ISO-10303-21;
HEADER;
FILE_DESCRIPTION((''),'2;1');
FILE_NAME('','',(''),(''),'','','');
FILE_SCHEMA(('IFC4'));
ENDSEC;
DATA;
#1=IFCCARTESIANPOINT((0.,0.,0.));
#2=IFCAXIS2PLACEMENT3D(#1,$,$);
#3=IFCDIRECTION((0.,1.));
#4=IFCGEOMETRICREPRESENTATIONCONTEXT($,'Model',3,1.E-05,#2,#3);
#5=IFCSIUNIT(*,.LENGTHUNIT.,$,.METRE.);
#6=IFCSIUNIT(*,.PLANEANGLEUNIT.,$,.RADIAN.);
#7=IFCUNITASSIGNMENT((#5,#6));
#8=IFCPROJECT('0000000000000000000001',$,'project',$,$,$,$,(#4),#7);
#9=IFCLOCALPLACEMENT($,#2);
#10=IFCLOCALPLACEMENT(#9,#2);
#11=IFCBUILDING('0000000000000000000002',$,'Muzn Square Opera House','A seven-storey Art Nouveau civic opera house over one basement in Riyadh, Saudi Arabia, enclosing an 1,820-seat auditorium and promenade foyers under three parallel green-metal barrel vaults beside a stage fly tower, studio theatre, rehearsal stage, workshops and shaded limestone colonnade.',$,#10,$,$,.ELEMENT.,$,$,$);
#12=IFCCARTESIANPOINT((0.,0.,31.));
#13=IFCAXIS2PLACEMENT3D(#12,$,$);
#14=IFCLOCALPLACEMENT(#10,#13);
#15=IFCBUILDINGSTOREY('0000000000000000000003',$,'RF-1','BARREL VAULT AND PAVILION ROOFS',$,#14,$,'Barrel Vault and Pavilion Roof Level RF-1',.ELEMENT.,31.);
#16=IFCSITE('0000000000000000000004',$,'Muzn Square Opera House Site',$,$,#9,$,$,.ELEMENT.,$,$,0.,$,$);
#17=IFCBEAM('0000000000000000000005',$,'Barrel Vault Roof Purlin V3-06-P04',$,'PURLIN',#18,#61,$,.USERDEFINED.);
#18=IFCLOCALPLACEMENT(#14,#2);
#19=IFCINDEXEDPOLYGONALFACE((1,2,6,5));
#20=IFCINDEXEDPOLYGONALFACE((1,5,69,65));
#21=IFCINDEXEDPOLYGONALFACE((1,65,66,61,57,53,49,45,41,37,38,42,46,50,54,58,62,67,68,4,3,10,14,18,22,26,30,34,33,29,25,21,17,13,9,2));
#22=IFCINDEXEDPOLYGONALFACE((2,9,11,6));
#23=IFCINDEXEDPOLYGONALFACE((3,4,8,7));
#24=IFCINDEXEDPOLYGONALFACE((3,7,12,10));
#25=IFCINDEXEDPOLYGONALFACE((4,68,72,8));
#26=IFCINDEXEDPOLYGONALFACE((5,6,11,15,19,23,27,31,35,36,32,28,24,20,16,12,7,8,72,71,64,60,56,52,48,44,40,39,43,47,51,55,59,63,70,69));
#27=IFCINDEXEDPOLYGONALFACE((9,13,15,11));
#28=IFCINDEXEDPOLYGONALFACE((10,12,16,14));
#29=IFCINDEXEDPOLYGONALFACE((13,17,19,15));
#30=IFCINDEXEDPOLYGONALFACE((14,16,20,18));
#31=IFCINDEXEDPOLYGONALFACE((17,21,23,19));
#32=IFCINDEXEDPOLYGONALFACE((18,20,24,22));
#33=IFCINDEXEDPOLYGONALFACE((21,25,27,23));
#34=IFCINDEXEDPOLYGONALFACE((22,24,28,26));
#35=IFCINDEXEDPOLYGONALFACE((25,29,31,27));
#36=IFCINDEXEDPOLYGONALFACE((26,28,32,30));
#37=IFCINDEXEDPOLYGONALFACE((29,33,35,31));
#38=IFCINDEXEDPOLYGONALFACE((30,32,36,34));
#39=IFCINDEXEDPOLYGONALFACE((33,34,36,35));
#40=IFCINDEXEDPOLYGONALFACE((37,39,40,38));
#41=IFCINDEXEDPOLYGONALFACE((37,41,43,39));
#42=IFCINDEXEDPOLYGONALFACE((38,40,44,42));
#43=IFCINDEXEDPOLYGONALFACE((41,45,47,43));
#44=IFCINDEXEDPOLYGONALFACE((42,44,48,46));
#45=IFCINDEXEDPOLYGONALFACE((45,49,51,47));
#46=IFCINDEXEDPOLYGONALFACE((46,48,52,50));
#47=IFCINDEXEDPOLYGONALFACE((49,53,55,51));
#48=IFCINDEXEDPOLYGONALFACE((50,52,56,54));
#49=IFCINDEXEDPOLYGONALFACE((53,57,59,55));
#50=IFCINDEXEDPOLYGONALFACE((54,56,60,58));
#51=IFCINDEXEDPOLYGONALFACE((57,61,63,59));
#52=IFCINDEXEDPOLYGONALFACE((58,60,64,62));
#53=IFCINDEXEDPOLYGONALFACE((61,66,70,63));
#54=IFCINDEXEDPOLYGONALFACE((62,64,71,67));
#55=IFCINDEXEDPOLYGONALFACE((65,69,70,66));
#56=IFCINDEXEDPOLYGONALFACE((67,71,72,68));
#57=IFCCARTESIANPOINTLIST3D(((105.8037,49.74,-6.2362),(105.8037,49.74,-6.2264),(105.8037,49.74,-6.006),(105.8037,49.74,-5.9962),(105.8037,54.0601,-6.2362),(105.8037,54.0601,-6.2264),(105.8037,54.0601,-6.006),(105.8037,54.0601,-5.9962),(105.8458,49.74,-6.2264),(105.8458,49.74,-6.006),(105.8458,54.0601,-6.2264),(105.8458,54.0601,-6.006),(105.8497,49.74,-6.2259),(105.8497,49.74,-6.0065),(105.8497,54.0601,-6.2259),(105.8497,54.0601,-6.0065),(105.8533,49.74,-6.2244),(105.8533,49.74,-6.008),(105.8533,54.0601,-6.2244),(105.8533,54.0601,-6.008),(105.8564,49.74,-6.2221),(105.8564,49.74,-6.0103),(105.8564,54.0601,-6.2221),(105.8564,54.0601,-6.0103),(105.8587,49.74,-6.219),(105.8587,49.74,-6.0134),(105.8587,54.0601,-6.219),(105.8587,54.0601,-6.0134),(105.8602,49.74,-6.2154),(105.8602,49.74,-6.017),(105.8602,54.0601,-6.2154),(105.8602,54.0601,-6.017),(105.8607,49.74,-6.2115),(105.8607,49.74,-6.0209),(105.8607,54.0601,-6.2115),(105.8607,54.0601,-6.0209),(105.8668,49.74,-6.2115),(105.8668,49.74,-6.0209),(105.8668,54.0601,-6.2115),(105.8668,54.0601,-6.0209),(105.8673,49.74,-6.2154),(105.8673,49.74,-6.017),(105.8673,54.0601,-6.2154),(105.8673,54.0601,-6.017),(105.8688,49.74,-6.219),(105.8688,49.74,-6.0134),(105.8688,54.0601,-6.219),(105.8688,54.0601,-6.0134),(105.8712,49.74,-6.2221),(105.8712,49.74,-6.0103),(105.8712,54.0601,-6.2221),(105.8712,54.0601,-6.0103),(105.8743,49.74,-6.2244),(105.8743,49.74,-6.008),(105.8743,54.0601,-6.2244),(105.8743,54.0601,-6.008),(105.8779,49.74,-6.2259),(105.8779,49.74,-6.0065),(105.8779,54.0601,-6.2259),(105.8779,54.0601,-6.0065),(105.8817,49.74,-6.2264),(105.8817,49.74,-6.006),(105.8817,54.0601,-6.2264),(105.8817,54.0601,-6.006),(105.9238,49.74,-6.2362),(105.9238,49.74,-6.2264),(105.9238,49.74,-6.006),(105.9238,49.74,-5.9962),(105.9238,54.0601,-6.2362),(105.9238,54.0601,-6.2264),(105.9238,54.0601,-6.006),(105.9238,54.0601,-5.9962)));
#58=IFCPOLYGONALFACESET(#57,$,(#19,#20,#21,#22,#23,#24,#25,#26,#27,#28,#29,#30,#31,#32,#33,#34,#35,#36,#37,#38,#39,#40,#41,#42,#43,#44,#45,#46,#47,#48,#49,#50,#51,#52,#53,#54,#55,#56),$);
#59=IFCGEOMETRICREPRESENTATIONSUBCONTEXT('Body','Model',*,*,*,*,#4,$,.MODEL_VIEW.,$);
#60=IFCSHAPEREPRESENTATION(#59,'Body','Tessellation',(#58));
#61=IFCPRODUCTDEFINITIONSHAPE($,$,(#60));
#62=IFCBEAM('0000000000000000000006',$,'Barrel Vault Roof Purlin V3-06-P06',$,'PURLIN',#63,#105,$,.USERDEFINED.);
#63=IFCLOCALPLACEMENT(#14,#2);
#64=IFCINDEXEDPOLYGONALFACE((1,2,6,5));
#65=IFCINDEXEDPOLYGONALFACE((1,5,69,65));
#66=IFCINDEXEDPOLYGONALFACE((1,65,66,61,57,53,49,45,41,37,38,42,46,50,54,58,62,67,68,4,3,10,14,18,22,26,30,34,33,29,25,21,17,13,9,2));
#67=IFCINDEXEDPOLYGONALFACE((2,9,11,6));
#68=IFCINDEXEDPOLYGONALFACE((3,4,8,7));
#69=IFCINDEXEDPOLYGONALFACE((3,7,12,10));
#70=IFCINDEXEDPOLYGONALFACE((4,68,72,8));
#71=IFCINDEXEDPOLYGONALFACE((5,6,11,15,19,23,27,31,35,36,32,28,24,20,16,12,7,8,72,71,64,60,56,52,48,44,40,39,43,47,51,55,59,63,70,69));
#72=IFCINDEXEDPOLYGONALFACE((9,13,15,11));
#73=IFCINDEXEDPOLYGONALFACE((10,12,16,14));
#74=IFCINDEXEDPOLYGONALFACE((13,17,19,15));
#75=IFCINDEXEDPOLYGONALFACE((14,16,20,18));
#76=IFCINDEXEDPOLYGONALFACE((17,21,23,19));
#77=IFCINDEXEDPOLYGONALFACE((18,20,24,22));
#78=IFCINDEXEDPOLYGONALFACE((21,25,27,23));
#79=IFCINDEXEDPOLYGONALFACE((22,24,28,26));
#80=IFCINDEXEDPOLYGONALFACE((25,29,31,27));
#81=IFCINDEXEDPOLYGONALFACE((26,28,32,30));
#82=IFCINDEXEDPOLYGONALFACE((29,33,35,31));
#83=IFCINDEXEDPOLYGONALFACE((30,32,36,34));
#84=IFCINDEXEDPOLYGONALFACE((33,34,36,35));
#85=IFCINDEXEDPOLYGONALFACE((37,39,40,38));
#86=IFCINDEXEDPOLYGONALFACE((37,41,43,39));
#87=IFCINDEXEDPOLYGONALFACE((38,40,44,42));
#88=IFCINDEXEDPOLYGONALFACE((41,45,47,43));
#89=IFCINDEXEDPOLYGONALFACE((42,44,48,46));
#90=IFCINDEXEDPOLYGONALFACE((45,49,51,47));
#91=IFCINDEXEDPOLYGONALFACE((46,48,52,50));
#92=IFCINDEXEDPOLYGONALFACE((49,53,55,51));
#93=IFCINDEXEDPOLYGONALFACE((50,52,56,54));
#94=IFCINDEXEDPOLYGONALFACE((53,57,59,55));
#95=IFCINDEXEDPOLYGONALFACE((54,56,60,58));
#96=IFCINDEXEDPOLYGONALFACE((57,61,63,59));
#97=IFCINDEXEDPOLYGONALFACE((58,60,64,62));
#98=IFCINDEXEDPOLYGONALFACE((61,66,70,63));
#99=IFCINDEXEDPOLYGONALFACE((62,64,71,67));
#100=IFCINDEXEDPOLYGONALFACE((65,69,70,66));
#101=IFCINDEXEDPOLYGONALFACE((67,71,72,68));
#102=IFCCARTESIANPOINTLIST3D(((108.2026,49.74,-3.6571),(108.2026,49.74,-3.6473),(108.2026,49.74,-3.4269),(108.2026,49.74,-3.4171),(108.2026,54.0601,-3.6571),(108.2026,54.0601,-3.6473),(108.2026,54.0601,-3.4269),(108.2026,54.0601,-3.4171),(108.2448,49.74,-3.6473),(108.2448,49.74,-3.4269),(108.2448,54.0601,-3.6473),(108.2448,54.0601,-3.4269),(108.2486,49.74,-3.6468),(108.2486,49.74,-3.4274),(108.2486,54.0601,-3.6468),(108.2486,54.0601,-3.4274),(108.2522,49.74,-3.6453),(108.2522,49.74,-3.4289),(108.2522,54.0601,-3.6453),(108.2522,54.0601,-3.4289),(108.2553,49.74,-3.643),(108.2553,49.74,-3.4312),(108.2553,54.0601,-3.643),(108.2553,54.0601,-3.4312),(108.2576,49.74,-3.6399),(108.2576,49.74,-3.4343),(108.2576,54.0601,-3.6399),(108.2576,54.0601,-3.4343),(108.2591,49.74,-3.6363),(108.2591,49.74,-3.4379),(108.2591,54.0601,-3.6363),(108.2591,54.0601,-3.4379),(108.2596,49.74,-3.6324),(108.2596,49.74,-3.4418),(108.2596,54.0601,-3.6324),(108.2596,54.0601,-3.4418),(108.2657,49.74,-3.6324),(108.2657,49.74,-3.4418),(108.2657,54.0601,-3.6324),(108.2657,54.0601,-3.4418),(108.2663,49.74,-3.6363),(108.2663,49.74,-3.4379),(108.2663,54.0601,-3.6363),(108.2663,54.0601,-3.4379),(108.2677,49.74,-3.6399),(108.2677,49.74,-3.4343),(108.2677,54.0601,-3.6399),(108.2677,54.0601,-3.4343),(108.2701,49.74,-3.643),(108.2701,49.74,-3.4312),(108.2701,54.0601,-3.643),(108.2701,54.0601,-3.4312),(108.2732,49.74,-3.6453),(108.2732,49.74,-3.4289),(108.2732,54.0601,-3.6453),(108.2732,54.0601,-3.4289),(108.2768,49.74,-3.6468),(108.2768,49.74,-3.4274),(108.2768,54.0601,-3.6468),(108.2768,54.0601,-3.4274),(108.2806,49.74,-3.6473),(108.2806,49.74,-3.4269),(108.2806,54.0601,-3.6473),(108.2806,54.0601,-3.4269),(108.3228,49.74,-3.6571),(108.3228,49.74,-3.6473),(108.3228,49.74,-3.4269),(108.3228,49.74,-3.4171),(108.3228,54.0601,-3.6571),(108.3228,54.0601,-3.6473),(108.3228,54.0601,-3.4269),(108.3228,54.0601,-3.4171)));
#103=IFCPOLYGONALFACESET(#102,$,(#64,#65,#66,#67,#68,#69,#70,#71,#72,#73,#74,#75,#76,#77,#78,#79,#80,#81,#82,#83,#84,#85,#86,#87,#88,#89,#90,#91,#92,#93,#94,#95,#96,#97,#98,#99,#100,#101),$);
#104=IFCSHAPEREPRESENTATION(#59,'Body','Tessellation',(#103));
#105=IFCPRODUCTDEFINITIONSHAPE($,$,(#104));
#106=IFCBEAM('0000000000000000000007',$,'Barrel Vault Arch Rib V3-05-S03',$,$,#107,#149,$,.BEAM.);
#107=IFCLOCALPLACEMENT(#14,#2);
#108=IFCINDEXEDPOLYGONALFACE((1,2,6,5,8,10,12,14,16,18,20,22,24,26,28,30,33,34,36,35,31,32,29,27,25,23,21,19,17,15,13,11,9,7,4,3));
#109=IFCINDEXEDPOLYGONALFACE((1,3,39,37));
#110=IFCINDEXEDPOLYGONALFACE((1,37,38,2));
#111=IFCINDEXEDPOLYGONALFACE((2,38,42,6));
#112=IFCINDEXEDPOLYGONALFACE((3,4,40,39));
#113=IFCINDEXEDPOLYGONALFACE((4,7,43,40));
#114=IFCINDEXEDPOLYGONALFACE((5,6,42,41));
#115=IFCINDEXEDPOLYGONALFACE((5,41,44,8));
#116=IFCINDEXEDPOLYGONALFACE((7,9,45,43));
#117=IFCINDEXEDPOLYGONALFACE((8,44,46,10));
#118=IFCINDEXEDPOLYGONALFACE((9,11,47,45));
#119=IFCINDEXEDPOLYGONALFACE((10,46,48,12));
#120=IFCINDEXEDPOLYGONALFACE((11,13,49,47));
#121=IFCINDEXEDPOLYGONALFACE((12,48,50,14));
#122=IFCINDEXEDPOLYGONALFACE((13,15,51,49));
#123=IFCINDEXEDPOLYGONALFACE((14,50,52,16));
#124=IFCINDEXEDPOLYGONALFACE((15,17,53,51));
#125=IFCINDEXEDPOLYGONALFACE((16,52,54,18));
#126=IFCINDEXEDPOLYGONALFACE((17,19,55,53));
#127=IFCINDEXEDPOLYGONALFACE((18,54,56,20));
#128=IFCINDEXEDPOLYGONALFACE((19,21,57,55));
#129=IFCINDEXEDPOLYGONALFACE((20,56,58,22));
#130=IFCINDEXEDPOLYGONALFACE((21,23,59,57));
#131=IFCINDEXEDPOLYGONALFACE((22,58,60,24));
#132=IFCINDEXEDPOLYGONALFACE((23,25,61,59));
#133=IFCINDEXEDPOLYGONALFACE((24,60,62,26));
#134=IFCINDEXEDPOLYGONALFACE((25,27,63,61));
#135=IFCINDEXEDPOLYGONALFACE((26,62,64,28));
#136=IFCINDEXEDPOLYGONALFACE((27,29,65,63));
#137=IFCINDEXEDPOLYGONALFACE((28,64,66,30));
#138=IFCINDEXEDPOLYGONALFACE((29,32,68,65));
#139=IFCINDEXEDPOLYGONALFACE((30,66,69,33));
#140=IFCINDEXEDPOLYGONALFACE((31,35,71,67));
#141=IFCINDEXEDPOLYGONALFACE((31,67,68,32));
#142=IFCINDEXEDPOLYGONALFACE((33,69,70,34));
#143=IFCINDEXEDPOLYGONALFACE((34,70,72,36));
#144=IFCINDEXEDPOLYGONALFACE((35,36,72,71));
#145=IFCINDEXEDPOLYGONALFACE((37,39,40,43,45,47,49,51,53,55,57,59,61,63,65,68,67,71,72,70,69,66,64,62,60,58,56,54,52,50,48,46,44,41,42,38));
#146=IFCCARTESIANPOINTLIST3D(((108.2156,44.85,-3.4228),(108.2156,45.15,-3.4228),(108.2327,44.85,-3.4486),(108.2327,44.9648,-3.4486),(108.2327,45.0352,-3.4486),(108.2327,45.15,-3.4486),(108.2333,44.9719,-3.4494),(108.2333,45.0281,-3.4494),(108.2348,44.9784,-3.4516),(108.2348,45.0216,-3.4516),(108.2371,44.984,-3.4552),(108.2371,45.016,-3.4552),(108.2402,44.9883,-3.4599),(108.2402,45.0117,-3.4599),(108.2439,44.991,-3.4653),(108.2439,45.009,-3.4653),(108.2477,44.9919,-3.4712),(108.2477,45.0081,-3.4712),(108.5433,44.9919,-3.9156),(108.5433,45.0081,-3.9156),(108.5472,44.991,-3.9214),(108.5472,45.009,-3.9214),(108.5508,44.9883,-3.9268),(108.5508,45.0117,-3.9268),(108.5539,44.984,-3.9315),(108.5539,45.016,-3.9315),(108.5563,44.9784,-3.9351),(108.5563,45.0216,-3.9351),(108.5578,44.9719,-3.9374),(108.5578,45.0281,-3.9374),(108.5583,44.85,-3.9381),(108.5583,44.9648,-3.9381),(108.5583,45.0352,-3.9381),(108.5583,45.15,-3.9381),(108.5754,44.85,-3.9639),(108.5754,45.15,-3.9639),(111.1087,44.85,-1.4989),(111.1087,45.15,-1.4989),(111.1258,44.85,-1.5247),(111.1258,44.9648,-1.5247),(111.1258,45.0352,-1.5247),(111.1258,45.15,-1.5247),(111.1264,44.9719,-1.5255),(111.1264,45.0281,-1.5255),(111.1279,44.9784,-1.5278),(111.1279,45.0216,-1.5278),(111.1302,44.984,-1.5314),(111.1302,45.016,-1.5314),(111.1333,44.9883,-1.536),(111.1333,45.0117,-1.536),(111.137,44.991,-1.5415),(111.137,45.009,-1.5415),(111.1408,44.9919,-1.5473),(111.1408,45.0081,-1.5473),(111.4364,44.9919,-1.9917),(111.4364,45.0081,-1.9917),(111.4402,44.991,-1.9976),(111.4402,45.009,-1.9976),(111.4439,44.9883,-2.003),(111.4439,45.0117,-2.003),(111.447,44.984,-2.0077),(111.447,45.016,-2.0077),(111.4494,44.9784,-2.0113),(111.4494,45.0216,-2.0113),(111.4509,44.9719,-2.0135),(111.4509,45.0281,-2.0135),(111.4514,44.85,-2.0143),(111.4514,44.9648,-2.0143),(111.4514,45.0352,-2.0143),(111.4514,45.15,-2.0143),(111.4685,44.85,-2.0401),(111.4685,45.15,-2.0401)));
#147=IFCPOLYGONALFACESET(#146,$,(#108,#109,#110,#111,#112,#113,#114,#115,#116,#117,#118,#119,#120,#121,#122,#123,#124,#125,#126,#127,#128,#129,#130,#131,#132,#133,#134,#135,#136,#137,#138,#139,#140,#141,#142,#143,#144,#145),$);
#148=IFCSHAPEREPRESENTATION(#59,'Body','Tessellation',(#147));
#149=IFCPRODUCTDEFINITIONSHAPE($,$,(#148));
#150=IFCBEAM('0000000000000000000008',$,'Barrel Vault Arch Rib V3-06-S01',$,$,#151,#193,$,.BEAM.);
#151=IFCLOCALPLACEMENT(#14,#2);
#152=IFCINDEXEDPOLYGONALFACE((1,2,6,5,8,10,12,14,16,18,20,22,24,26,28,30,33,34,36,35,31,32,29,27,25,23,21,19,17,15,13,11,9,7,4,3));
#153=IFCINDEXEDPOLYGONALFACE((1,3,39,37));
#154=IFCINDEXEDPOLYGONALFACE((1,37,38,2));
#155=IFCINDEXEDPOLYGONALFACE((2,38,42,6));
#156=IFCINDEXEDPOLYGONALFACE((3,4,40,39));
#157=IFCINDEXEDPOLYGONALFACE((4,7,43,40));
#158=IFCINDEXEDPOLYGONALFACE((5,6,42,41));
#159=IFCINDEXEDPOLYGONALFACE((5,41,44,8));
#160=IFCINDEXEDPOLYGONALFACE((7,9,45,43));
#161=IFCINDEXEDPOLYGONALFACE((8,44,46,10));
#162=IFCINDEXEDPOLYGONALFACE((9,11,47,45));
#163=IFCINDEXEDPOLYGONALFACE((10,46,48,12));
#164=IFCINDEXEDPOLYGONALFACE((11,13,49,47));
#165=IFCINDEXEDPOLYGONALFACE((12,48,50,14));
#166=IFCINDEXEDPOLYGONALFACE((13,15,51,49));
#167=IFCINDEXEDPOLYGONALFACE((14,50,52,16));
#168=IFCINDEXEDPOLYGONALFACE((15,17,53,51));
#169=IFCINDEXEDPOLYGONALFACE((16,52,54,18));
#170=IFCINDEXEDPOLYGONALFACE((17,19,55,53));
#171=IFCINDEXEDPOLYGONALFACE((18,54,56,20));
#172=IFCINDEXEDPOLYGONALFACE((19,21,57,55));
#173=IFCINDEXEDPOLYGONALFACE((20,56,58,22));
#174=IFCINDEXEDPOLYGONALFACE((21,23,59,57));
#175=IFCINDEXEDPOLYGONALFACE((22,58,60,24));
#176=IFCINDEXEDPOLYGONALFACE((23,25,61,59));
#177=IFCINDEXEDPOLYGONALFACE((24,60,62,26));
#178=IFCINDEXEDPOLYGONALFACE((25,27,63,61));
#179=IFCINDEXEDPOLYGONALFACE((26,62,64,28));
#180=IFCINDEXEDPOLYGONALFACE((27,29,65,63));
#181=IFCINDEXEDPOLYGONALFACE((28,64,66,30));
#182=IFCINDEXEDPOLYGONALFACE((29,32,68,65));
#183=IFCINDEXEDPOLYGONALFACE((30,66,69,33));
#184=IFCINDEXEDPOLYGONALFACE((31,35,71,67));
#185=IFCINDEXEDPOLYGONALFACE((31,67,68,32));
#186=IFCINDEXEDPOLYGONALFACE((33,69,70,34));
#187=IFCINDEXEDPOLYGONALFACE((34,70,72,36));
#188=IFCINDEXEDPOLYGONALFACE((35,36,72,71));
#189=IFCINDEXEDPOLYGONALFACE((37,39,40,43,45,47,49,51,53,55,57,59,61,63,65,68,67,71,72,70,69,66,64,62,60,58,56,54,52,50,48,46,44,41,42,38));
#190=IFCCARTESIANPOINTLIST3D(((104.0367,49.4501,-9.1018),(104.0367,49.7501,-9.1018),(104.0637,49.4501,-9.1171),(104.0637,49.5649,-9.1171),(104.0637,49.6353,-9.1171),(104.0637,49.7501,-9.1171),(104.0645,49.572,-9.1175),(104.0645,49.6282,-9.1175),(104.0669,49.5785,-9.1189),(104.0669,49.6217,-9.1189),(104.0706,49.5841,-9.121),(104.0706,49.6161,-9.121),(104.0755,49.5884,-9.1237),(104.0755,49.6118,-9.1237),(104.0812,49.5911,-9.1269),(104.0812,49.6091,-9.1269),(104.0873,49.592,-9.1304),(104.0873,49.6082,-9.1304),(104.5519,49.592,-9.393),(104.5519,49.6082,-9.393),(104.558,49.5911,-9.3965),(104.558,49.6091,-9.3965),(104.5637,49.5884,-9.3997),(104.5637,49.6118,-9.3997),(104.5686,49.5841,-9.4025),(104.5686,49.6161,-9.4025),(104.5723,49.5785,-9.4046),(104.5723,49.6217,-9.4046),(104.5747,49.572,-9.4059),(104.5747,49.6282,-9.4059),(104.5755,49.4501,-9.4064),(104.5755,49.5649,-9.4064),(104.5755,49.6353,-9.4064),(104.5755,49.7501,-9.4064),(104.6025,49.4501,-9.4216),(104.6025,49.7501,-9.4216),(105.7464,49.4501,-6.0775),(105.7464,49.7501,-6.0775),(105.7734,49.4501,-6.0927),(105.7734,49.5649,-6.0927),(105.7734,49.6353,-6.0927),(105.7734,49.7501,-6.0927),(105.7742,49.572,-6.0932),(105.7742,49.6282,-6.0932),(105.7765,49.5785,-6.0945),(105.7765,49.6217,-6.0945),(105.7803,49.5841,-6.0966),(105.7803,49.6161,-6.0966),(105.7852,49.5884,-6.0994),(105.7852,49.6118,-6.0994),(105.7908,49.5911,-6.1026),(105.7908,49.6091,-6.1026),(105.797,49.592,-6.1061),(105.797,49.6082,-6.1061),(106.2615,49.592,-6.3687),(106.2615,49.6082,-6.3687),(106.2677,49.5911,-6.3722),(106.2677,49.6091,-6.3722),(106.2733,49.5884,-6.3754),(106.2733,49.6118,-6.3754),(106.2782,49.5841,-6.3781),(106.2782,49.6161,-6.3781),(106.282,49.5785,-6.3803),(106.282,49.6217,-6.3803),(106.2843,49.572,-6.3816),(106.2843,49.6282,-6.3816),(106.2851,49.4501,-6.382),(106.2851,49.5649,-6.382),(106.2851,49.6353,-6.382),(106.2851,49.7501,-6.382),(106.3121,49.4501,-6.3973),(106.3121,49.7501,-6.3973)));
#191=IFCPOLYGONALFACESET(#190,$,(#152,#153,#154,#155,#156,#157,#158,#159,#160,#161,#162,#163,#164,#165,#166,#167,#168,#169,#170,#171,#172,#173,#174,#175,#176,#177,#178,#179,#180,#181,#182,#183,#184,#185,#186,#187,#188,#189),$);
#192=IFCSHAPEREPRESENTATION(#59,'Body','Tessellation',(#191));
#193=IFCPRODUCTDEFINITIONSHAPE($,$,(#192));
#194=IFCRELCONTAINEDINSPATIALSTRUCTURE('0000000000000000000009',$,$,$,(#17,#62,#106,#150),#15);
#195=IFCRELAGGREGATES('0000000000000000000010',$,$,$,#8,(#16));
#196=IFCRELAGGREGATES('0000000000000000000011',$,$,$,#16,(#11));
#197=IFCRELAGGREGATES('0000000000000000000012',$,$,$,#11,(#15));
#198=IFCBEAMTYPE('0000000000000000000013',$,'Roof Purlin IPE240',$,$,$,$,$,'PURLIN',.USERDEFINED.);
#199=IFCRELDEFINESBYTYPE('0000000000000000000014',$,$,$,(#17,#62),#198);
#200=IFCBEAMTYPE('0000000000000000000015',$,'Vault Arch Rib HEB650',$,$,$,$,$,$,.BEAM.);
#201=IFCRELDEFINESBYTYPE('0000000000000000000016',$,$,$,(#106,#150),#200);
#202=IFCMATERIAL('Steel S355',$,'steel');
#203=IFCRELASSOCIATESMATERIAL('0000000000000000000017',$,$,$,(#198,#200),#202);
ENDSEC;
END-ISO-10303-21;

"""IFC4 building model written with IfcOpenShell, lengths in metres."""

from ifc_helpers import new_model, si_unit, direction, frame, origin, origin_2d, place, context, subcontext, project, spatial, i_section, extrude, material, material_profile, profile_set, type_object, element, save


model = new_model("IFC4")

# Units and contexts
model_context = context("Model", 3, precision=1e-05, world=origin(), true_north=direction((0.0, 1.0)))
body_context = subcontext(model_context, "Body", "Model", "MODEL_VIEW")
ifc_project = project(units=[si_unit("LENGTHUNIT", "METRE"), si_unit("PLANEANGLEUNIT", "RADIAN")], contexts=[model_context])

# Site, building, storey
site_placement = place(None, origin())
site = spatial("IfcSite", under=ifc_project, at=site_placement, Name="Muzn Square Opera House Site", CompositionType="ELEMENT", RefElevation=0.0)
building_placement = place(site_placement, origin())
building = spatial("IfcBuilding", under=site, at=building_placement, Name="Muzn Square Opera House", Description="A seven-storey Art Nouveau civic opera house over one basement in Riyadh, Saudi Arabia, enclosing an 1,820-seat auditorium and promenade foyers under three parallel green-metal barrel vaults beside a stage fly tower, studio theatre, rehearsal stage, workshops and shaded limestone colonnade.", CompositionType="ELEMENT")
storey_placement = place(building_placement, frame((0.0, 0.0, 31.0)))
storey = spatial("IfcBuildingStorey", under=building, at=storey_placement, Name="RF-1", Description="BARREL VAULT AND PAVILION ROOFS", LongName="Barrel Vault and Pavilion Roof Level RF-1", CompositionType="ELEMENT", Elevation=31.0)

# Beams
ifc_material_1 = material(Name="Steel S355", Category="steel")
ifc_material_profile_1 = material_profile(ifc_material_1, i_section(OverallWidth=0.1201, OverallDepth=0.24, WebThickness=0.0061, FlangeThickness=0.0098, FilletRadius=0.0149, at=origin_2d()), Name="IPE 240", Category="steel")
ifc_profile_set_1 = profile_set([ifc_material_profile_1], Name="Steel S355")
beam_type_1 = type_object("IfcBeamType", Name="Roof Purlin IPE240", ElementType="PURLIN", PredefinedType="USERDEFINED", material=ifc_profile_set_1)
for number, where, z_axis, x_axis, name in (
    (1, (105.8638, 49.74, -6.1162), (0.0, 1.0, 0.0), (-1.0, 0.0, 0.0), "Barrel Vault Roof Purlin V3-06-P04"),
    (2, (108.2627, 49.74, -3.5371), (0.0, 1.0, 0.0), (-1.0, 0.0, 0.0), "Barrel Vault Roof Purlin V3-06-P06"),
):
    element("IfcBeam", number, at=place(storey_placement, frame(where, z_axis=z_axis, x_axis=x_axis)), inside=storey, type_object=beam_type_1, Name=name, ObjectType="PURLIN", PredefinedType="USERDEFINED", context=body_context, shape_type="SweptSolid", body=[
        extrude(i_section(OverallWidth=0.1201, OverallDepth=0.24, WebThickness=0.0061, FlangeThickness=0.0098, FilletRadius=0.0149, at=origin_2d()), origin(), (0.0, 0.0, 1.0), 4.3201),
    ])
ifc_material_profile_2 = material_profile(ifc_material_1, i_section(OverallWidth=0.3, OverallDepth=0.6499, WebThickness=0.0161, FlangeThickness=0.031, FilletRadius=0.0271, at=origin_2d()), Name="HEB 650", Category="steel")
ifc_profile_set_2 = profile_set([ifc_material_profile_2], Name="Steel S355")
beam_type_2 = type_object("IfcBeamType", Name="Vault Arch Rib HEB650", PredefinedType="BEAM", material=ifc_profile_set_2)
beam_1_placement = place(storey_placement, frame((108.3955, 45.0, -3.6934), z_axis=(0.832698, 0.0, 0.553727), x_axis=(0.0, 1.0, 0.0)))
element("IfcBeam", 3, at=beam_1_placement, inside=storey, type_object=beam_type_2, Name="Barrel Vault Arch Rib V3-05-S03", PredefinedType="BEAM", context=body_context, shape_type="SweptSolid", body=[
    extrude(i_section(OverallWidth=0.3, OverallDepth=0.6499, WebThickness=0.0161, FlangeThickness=0.031, FilletRadius=0.0271, at=origin_2d()), origin(), (0.0, 0.0, 1.0), 3.4744),
])
beam_2_placement = place(storey_placement, frame((104.3196, 49.6001, -9.2617), z_axis=(0.492115, 0.0, 0.87053), x_axis=(0.0, 1.0, 0.0)))
element("IfcBeam", 4, at=beam_2_placement, inside=storey, type_object=beam_type_2, Name="Barrel Vault Arch Rib V3-06-S01", PredefinedType="BEAM", context=body_context, shape_type="SweptSolid", body=[
    extrude(i_section(OverallWidth=0.3, OverallDepth=0.6499, WebThickness=0.0161, FlangeThickness=0.031, FilletRadius=0.0271, at=origin_2d()), origin(), (0.0, 0.0, 1.0), 3.4741),
])

save(model, "model.ifc")
